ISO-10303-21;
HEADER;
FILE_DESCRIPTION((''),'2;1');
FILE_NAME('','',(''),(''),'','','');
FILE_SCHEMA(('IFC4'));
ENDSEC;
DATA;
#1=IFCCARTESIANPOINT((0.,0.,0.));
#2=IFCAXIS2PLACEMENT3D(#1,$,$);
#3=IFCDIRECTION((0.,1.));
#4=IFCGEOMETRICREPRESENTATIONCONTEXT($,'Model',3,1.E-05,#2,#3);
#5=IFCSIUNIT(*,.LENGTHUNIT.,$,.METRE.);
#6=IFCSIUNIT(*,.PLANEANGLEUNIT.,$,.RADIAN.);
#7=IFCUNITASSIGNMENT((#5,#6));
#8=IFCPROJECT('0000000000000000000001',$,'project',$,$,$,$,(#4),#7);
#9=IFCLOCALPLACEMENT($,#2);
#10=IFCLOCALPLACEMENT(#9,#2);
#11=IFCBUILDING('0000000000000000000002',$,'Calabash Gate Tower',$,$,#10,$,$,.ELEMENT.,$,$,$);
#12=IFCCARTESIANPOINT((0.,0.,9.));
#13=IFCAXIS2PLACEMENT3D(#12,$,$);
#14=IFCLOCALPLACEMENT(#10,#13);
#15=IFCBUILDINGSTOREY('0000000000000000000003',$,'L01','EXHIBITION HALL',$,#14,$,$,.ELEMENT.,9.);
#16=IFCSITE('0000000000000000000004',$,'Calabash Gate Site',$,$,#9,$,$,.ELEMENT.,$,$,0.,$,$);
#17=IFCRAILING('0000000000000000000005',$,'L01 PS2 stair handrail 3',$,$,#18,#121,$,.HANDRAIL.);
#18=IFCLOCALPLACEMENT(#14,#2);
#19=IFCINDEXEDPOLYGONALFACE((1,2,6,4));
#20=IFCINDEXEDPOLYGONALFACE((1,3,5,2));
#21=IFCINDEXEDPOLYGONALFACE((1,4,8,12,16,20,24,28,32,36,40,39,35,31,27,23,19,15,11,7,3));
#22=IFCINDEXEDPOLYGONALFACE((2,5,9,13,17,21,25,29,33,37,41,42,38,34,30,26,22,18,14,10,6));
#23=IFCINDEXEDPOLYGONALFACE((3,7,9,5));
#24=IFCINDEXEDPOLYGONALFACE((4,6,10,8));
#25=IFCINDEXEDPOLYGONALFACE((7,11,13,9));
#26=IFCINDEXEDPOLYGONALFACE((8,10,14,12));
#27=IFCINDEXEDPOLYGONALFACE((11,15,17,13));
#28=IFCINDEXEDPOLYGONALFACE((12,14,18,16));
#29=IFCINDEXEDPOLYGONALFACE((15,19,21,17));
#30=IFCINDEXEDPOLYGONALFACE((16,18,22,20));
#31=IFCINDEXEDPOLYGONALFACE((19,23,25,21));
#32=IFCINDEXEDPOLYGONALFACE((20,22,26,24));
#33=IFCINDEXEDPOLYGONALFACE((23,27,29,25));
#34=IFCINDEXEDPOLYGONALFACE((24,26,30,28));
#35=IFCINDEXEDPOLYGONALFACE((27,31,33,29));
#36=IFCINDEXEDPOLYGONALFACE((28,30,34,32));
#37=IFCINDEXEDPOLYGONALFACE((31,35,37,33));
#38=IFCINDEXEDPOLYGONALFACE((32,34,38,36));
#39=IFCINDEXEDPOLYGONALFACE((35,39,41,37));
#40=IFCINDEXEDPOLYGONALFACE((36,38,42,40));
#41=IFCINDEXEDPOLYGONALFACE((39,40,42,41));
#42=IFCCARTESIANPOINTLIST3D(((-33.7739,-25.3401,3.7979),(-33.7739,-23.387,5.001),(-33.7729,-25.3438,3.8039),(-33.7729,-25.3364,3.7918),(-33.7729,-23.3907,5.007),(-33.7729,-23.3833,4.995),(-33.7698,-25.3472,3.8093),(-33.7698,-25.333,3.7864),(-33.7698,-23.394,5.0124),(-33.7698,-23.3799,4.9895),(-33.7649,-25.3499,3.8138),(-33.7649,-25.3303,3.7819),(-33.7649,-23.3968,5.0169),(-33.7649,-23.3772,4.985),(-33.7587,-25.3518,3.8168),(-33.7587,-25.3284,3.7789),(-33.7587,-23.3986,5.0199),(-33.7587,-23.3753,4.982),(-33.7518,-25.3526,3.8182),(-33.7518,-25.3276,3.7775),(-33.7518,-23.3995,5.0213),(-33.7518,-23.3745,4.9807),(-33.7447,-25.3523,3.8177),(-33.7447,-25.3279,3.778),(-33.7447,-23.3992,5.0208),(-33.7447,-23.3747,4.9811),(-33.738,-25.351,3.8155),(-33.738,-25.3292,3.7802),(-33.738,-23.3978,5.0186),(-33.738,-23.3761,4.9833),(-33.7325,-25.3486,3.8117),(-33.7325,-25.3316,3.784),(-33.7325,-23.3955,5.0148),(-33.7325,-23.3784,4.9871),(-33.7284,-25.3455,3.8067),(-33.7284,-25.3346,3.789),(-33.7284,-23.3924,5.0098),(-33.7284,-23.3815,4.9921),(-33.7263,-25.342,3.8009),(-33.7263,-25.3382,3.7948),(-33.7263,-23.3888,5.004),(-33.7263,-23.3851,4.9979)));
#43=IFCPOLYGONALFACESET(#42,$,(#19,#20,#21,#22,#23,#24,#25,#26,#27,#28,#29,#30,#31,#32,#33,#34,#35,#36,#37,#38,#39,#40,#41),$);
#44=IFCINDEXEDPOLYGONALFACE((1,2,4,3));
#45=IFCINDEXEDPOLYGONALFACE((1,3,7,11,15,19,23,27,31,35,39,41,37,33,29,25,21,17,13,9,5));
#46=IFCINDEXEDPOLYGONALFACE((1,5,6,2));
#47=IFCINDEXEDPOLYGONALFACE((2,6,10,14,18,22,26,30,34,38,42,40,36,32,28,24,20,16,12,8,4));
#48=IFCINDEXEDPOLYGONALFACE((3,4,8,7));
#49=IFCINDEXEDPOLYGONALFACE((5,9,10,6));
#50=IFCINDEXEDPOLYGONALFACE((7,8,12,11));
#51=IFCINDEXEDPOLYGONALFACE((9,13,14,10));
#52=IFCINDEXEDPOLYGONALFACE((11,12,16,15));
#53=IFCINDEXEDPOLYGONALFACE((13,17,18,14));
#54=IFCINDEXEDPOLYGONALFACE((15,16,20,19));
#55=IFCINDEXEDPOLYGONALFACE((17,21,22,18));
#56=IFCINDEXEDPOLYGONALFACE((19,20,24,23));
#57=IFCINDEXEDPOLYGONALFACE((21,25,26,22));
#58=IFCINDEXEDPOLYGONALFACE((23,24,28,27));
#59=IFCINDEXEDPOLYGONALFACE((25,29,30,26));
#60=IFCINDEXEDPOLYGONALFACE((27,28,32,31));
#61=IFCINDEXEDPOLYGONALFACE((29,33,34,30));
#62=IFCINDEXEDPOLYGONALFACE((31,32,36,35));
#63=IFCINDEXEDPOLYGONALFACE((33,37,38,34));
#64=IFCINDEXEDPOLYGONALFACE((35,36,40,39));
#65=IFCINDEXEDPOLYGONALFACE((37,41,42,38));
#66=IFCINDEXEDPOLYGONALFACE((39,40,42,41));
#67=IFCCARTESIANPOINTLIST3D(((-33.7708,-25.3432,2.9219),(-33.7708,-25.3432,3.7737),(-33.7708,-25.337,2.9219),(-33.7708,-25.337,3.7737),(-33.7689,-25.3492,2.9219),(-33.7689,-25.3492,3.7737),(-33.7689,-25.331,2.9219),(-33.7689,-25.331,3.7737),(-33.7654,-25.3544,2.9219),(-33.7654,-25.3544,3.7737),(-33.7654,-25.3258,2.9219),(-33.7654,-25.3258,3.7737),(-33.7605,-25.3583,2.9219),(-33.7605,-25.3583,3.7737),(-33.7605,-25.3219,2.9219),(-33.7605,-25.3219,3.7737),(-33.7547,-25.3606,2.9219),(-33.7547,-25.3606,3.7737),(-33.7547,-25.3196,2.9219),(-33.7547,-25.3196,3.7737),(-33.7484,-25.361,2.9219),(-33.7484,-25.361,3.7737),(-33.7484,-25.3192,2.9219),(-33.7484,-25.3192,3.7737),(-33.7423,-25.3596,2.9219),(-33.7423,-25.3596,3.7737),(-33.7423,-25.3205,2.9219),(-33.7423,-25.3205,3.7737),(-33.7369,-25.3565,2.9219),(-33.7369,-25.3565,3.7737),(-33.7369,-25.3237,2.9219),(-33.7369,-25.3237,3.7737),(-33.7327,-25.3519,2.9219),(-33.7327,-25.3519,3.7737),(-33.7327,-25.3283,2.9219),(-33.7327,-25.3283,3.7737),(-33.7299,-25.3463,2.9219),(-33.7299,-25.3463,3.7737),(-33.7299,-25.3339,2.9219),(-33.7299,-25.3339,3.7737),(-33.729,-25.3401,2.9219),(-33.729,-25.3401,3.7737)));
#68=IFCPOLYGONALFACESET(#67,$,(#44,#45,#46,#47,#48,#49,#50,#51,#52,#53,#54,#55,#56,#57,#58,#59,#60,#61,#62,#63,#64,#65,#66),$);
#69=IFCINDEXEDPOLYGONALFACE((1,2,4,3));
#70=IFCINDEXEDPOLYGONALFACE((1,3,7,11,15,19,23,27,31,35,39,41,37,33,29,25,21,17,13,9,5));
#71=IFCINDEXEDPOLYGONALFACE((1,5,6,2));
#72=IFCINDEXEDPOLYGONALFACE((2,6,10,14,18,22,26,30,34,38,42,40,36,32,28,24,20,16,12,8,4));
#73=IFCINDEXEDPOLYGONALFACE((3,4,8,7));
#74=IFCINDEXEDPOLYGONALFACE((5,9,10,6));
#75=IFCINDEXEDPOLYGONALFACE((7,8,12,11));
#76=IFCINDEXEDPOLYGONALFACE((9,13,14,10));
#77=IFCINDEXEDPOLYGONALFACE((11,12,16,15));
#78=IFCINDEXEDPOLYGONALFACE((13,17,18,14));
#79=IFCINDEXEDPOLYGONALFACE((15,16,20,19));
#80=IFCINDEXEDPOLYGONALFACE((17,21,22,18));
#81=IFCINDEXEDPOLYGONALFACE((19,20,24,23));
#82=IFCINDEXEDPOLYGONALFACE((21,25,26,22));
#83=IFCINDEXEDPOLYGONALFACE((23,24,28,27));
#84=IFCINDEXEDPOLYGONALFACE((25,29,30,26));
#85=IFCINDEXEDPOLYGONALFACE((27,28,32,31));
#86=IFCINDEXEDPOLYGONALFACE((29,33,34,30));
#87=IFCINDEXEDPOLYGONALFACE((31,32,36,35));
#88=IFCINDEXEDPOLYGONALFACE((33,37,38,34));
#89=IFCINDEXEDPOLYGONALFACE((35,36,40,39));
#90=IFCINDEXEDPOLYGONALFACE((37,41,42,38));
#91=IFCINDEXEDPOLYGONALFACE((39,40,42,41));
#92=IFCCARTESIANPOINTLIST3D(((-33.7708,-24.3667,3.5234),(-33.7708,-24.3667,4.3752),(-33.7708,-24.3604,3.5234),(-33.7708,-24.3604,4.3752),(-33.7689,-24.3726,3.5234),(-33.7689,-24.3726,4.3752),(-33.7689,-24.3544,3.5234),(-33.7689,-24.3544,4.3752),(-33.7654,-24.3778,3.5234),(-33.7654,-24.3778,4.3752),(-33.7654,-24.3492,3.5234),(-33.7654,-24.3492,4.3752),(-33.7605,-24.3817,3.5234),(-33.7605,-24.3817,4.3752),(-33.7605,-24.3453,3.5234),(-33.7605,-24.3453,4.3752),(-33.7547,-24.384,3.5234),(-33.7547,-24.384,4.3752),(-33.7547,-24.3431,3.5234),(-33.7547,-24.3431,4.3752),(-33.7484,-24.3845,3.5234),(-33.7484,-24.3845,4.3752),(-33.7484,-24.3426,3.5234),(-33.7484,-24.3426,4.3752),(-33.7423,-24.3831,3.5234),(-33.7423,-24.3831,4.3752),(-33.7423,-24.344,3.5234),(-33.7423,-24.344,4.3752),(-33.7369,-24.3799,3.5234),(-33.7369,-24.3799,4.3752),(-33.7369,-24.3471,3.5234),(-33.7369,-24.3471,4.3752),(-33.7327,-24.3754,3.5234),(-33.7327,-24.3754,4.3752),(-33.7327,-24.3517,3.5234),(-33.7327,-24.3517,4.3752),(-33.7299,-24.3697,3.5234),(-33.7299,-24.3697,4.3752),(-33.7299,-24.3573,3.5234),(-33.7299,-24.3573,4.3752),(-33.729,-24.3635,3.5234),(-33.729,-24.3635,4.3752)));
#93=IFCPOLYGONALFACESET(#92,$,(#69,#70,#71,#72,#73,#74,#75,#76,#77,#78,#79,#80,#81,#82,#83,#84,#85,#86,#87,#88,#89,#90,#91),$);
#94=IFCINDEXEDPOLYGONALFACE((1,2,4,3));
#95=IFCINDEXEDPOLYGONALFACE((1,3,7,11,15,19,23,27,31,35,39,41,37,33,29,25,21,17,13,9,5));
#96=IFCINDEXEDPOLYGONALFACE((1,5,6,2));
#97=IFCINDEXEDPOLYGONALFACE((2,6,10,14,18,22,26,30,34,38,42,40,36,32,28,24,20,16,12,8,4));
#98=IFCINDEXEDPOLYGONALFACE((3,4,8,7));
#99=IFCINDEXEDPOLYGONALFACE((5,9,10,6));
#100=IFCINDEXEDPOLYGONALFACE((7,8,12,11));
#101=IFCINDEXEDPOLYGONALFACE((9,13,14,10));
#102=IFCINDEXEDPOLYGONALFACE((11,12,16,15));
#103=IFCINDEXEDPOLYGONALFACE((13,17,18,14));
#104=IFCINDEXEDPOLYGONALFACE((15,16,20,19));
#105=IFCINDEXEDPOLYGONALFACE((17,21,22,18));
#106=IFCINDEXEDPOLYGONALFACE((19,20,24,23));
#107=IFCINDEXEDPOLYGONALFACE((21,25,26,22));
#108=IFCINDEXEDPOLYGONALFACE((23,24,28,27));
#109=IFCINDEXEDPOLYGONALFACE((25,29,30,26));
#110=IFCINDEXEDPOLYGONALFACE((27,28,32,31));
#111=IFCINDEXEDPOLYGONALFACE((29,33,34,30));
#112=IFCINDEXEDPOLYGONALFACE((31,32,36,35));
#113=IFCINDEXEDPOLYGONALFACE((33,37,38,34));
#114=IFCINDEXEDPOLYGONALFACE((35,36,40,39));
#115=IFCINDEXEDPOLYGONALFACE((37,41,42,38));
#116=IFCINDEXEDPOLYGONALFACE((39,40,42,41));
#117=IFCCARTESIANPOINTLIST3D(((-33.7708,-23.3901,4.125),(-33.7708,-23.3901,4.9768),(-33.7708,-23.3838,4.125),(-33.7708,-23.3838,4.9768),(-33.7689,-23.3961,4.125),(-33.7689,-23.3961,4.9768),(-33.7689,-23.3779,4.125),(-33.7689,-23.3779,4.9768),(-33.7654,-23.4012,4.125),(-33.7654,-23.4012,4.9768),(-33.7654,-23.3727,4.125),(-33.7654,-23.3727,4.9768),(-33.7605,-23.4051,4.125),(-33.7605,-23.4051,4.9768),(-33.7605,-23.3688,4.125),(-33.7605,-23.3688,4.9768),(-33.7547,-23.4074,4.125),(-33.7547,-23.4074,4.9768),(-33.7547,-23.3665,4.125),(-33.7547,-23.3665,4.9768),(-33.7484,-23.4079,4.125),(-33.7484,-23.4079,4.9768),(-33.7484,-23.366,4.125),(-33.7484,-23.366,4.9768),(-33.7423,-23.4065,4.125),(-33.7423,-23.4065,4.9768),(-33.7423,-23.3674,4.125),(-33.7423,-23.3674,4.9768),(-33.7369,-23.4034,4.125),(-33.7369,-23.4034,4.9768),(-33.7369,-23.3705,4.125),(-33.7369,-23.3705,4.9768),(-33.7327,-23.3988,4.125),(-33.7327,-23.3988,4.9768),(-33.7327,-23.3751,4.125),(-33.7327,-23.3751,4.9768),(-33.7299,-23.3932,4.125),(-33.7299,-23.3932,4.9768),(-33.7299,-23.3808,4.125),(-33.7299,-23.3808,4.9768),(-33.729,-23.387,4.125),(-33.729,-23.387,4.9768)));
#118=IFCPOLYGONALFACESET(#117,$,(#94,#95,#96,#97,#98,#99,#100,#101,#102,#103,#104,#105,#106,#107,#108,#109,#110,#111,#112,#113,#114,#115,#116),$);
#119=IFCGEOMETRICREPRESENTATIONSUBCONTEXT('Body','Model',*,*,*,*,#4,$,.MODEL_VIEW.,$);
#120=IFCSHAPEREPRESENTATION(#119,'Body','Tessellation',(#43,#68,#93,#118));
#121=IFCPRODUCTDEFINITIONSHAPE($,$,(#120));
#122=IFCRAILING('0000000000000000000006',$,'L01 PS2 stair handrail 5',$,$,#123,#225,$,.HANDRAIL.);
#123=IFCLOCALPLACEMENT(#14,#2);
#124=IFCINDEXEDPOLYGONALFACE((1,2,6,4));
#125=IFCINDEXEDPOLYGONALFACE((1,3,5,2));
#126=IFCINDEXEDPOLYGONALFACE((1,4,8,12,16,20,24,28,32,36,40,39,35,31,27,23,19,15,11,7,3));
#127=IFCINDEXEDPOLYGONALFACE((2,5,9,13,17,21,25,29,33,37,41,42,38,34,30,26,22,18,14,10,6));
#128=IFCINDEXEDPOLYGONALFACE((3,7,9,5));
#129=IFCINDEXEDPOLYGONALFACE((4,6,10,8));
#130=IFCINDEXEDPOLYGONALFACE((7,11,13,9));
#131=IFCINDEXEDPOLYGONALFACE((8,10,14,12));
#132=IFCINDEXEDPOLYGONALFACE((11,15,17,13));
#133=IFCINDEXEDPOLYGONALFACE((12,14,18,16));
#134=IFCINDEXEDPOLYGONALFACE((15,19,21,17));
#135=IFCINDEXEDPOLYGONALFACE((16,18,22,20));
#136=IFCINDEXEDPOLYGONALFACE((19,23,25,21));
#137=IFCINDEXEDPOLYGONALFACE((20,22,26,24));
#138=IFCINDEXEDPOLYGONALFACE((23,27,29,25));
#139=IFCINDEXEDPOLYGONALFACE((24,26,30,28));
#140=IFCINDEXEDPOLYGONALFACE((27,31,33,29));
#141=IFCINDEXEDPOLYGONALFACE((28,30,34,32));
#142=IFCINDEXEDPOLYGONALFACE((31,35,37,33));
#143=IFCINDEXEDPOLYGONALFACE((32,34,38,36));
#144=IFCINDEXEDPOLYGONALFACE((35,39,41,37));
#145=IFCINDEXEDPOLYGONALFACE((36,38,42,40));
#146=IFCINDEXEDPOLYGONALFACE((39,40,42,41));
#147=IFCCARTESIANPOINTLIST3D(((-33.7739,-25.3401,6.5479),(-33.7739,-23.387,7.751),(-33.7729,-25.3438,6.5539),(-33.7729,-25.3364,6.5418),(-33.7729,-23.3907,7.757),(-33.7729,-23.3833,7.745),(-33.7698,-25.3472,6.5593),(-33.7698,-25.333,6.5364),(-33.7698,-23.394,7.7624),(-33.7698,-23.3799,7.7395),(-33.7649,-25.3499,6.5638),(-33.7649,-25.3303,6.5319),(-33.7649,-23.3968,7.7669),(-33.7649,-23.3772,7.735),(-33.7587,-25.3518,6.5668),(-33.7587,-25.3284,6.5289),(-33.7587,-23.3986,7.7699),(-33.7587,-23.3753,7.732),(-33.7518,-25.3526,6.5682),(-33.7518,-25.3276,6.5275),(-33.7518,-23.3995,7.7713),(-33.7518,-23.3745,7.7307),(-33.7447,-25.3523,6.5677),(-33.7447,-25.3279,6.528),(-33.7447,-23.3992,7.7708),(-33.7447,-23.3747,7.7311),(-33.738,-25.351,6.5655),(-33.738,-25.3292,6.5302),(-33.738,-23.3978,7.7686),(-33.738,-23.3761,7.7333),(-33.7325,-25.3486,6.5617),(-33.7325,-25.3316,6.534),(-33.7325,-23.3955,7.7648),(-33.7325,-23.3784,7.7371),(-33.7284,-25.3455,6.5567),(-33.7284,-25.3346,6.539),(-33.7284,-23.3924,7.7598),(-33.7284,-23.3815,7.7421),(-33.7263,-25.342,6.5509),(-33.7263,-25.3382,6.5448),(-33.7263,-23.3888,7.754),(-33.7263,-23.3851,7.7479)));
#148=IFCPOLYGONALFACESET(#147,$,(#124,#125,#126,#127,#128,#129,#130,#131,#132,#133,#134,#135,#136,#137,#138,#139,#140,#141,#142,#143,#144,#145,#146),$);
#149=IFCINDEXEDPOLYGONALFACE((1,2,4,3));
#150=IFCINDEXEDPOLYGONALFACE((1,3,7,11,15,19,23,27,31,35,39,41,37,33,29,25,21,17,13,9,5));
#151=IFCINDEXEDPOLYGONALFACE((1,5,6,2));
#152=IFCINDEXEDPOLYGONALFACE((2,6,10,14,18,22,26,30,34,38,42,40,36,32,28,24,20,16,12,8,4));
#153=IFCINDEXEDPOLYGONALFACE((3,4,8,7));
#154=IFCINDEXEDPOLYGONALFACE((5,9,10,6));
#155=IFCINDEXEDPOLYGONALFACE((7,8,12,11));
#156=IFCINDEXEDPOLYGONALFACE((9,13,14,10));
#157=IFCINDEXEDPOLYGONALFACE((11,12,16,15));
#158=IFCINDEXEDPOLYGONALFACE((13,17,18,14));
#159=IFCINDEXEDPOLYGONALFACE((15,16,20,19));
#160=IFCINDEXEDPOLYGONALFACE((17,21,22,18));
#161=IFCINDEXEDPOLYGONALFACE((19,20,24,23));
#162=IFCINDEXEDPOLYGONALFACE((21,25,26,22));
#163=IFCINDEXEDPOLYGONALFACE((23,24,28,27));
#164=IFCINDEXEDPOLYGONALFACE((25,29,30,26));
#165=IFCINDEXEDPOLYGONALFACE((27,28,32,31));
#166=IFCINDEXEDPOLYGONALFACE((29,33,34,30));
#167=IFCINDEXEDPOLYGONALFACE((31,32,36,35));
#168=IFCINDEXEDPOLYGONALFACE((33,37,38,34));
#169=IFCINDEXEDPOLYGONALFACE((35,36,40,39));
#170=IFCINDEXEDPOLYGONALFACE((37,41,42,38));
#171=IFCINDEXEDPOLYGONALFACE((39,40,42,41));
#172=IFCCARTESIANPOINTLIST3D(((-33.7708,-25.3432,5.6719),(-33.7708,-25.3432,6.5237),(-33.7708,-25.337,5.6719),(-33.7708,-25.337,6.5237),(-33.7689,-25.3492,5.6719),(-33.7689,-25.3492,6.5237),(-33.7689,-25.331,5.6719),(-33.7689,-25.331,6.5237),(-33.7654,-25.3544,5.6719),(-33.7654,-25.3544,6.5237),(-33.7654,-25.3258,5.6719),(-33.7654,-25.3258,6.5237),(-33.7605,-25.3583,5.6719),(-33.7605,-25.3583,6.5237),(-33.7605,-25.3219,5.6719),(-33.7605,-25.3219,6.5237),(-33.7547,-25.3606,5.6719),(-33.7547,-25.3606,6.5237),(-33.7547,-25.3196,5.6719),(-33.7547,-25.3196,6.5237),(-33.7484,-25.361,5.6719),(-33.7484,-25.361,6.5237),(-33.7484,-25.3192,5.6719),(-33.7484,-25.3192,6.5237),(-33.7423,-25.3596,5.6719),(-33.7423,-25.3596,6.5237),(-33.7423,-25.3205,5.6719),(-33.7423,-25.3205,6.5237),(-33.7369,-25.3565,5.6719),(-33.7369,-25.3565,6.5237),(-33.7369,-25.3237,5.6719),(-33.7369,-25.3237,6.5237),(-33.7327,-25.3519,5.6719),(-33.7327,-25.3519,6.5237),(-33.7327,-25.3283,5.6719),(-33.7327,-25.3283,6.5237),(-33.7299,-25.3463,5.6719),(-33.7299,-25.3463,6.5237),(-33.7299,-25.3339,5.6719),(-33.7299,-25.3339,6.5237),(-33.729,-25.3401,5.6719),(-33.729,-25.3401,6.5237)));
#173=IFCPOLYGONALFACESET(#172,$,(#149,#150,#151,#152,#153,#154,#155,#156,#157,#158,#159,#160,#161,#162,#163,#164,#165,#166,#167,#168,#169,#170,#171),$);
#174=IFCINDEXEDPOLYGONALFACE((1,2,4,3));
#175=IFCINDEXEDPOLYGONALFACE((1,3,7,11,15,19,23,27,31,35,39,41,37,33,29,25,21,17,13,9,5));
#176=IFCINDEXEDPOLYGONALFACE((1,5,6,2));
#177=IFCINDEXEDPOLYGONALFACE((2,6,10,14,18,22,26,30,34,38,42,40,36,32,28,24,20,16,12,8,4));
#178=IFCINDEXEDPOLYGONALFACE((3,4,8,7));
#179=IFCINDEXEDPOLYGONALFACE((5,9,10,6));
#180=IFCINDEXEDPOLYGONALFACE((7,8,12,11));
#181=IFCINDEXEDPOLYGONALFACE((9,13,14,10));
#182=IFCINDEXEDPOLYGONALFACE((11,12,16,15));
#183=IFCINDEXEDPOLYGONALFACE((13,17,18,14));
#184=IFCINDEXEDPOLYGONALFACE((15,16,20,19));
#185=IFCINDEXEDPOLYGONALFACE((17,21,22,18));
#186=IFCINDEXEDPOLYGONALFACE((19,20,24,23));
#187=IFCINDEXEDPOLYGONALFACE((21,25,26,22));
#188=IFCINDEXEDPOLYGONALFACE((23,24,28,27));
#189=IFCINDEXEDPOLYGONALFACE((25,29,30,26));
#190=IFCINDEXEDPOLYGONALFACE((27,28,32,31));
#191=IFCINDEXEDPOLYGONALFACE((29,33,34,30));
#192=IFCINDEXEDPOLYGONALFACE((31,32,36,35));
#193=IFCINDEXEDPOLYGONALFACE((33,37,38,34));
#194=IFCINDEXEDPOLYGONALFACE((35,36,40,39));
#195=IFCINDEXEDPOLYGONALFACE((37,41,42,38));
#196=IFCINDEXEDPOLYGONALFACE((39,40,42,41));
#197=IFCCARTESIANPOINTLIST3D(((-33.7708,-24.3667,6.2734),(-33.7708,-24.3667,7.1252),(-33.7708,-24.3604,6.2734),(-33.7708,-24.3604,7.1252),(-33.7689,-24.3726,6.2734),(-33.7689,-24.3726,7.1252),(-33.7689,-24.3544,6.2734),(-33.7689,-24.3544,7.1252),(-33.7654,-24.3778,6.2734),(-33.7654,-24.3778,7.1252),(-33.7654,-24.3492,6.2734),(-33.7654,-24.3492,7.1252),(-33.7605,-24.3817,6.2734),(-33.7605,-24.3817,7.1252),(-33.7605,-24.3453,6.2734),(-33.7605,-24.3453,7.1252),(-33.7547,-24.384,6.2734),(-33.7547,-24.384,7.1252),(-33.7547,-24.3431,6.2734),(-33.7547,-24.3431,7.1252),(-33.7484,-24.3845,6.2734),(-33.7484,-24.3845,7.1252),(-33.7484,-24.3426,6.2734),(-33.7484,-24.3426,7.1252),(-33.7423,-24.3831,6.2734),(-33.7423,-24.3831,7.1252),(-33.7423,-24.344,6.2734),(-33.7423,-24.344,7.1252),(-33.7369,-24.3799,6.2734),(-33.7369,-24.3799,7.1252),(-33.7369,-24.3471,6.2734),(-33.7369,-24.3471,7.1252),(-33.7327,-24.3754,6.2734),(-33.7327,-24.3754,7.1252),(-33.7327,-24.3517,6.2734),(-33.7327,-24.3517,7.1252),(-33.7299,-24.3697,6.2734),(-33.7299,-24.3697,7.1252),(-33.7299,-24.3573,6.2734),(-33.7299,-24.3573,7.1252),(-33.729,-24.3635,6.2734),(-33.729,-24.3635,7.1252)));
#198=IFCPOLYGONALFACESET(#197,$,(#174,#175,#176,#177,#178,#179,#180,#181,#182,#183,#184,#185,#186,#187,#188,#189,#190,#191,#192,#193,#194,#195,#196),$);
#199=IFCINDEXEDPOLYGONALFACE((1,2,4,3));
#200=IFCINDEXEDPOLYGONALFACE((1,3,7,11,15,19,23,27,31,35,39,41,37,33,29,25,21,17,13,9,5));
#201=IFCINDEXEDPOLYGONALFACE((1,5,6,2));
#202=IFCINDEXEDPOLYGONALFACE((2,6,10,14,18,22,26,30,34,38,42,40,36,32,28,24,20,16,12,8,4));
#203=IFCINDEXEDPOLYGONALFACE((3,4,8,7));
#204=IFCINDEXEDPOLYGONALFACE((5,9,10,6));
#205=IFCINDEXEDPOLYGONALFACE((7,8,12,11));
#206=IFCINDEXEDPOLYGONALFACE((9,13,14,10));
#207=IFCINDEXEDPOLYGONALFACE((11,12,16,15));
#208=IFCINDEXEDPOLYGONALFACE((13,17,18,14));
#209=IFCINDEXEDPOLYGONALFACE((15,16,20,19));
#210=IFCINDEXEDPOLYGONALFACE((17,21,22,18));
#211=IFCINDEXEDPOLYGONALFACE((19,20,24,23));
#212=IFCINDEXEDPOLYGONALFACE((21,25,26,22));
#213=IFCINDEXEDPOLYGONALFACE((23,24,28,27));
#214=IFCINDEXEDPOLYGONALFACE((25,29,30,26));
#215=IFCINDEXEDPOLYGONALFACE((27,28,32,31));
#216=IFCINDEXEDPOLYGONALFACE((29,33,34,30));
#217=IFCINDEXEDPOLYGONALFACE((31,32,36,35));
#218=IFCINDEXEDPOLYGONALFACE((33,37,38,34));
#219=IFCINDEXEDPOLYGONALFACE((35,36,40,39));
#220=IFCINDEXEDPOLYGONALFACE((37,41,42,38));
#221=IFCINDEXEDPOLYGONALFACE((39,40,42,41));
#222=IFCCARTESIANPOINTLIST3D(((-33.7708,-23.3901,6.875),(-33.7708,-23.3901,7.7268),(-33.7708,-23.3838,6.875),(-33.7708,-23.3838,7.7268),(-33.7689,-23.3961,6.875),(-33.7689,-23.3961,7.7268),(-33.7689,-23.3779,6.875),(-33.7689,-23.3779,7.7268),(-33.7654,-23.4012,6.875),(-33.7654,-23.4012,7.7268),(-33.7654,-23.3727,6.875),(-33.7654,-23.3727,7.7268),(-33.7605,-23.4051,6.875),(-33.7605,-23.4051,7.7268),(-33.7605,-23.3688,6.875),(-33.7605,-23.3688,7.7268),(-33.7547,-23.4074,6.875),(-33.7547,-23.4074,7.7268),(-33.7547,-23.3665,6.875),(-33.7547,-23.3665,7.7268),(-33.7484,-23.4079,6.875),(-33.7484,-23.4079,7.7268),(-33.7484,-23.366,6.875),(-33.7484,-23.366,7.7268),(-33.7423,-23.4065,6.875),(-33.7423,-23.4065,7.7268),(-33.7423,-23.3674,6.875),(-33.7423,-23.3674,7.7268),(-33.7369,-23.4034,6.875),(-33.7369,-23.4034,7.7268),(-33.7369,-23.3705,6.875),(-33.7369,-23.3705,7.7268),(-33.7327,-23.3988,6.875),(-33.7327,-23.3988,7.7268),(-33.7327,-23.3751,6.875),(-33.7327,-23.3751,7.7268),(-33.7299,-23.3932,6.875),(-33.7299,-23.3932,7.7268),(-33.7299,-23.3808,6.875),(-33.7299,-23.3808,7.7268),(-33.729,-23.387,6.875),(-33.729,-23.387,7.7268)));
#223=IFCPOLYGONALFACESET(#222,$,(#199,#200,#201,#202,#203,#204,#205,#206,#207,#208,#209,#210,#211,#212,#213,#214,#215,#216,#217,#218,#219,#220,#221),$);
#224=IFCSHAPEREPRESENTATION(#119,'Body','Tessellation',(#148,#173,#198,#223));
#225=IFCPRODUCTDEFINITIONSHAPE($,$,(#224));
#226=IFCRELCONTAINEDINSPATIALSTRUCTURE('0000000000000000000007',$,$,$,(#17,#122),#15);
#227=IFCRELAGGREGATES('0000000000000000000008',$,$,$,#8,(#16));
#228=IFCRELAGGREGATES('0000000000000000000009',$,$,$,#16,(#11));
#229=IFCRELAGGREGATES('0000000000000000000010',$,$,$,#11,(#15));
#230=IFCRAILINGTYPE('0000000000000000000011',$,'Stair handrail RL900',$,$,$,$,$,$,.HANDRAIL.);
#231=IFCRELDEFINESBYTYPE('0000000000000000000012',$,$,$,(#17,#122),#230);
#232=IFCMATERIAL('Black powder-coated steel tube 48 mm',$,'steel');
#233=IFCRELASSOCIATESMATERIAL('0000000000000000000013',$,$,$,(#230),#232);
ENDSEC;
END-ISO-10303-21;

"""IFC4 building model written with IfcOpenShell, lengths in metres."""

from ifc_helpers import new_model, si_unit, direction, frame, origin, origin_2d, place, context, subcontext, project, spatial, circle, extrude, material, type_object, element, save


model = new_model("IFC4")

# Units and contexts
model_context = context("Model", 3, precision=1e-05, world=origin(), true_north=direction((0.0, 1.0)))
body_context = subcontext(model_context, "Body", "Model", "MODEL_VIEW")
ifc_project = project(units=[si_unit("LENGTHUNIT", "METRE"), si_unit("PLANEANGLEUNIT", "RADIAN")], contexts=[model_context])

# Site, building, storey
site_placement = place(None, origin())
site = spatial("IfcSite", under=ifc_project, at=site_placement, Name="Calabash Gate Site", CompositionType="ELEMENT", RefElevation=0.0)
building_placement = place(site_placement, origin())
building = spatial("IfcBuilding", under=site, at=building_placement, Name="Calabash Gate Tower", CompositionType="ELEMENT")
storey_placement = place(building_placement, frame((0.0, 0.0, 9.0)))
storey = spatial("IfcBuildingStorey", under=building, at=storey_placement, Name="L01", Description="EXHIBITION HALL", CompositionType="ELEMENT", Elevation=9.0)

# Railings
ifc_material_1 = material(Name="Black powder-coated steel tube 48 mm", Category="steel")
railing_type_1 = type_object("IfcRailingType", Name="Stair handrail RL900", PredefinedType="HANDRAIL", material=ifc_material_1)
for number, where, name in (
    (1, (-33.75, -25.3401, 2.9219), "L01 PS2 stair handrail 3"),
    (2, (-33.75, -25.3401, 5.6719), "L01 PS2 stair handrail 5"),
):
    element("IfcRailing", number, at=place(storey_placement, frame(where)), inside=storey, type_object=railing_type_1, Name=name, PredefinedType="HANDRAIL", context=body_context, shape_type="SweptSolid", body=[
        extrude(circle(Radius=0.0239, at=origin_2d()), frame((0.0, 0.0, 0.876), z_axis=(0.0, 0.851424, 0.524477), x_axis=(-1.0, 0.0, 0.0)), (0.0, 0.0, 1.0), 2.2939),
        extrude(circle(Radius=0.021, at=origin_2d()), origin(), (0.0, 0.0, 1.0), 0.8518),
        extrude(circle(Radius=0.021, at=origin_2d()), frame((0.0, 0.9766, 0.6016)), (0.0, 0.0, 1.0), 0.8518),
        extrude(circle(Radius=0.021, at=origin_2d()), frame((0.0, 1.9531, 1.2031)), (0.0, 0.0, 1.0), 0.8518),
    ])

save(model, "model.ifc")
